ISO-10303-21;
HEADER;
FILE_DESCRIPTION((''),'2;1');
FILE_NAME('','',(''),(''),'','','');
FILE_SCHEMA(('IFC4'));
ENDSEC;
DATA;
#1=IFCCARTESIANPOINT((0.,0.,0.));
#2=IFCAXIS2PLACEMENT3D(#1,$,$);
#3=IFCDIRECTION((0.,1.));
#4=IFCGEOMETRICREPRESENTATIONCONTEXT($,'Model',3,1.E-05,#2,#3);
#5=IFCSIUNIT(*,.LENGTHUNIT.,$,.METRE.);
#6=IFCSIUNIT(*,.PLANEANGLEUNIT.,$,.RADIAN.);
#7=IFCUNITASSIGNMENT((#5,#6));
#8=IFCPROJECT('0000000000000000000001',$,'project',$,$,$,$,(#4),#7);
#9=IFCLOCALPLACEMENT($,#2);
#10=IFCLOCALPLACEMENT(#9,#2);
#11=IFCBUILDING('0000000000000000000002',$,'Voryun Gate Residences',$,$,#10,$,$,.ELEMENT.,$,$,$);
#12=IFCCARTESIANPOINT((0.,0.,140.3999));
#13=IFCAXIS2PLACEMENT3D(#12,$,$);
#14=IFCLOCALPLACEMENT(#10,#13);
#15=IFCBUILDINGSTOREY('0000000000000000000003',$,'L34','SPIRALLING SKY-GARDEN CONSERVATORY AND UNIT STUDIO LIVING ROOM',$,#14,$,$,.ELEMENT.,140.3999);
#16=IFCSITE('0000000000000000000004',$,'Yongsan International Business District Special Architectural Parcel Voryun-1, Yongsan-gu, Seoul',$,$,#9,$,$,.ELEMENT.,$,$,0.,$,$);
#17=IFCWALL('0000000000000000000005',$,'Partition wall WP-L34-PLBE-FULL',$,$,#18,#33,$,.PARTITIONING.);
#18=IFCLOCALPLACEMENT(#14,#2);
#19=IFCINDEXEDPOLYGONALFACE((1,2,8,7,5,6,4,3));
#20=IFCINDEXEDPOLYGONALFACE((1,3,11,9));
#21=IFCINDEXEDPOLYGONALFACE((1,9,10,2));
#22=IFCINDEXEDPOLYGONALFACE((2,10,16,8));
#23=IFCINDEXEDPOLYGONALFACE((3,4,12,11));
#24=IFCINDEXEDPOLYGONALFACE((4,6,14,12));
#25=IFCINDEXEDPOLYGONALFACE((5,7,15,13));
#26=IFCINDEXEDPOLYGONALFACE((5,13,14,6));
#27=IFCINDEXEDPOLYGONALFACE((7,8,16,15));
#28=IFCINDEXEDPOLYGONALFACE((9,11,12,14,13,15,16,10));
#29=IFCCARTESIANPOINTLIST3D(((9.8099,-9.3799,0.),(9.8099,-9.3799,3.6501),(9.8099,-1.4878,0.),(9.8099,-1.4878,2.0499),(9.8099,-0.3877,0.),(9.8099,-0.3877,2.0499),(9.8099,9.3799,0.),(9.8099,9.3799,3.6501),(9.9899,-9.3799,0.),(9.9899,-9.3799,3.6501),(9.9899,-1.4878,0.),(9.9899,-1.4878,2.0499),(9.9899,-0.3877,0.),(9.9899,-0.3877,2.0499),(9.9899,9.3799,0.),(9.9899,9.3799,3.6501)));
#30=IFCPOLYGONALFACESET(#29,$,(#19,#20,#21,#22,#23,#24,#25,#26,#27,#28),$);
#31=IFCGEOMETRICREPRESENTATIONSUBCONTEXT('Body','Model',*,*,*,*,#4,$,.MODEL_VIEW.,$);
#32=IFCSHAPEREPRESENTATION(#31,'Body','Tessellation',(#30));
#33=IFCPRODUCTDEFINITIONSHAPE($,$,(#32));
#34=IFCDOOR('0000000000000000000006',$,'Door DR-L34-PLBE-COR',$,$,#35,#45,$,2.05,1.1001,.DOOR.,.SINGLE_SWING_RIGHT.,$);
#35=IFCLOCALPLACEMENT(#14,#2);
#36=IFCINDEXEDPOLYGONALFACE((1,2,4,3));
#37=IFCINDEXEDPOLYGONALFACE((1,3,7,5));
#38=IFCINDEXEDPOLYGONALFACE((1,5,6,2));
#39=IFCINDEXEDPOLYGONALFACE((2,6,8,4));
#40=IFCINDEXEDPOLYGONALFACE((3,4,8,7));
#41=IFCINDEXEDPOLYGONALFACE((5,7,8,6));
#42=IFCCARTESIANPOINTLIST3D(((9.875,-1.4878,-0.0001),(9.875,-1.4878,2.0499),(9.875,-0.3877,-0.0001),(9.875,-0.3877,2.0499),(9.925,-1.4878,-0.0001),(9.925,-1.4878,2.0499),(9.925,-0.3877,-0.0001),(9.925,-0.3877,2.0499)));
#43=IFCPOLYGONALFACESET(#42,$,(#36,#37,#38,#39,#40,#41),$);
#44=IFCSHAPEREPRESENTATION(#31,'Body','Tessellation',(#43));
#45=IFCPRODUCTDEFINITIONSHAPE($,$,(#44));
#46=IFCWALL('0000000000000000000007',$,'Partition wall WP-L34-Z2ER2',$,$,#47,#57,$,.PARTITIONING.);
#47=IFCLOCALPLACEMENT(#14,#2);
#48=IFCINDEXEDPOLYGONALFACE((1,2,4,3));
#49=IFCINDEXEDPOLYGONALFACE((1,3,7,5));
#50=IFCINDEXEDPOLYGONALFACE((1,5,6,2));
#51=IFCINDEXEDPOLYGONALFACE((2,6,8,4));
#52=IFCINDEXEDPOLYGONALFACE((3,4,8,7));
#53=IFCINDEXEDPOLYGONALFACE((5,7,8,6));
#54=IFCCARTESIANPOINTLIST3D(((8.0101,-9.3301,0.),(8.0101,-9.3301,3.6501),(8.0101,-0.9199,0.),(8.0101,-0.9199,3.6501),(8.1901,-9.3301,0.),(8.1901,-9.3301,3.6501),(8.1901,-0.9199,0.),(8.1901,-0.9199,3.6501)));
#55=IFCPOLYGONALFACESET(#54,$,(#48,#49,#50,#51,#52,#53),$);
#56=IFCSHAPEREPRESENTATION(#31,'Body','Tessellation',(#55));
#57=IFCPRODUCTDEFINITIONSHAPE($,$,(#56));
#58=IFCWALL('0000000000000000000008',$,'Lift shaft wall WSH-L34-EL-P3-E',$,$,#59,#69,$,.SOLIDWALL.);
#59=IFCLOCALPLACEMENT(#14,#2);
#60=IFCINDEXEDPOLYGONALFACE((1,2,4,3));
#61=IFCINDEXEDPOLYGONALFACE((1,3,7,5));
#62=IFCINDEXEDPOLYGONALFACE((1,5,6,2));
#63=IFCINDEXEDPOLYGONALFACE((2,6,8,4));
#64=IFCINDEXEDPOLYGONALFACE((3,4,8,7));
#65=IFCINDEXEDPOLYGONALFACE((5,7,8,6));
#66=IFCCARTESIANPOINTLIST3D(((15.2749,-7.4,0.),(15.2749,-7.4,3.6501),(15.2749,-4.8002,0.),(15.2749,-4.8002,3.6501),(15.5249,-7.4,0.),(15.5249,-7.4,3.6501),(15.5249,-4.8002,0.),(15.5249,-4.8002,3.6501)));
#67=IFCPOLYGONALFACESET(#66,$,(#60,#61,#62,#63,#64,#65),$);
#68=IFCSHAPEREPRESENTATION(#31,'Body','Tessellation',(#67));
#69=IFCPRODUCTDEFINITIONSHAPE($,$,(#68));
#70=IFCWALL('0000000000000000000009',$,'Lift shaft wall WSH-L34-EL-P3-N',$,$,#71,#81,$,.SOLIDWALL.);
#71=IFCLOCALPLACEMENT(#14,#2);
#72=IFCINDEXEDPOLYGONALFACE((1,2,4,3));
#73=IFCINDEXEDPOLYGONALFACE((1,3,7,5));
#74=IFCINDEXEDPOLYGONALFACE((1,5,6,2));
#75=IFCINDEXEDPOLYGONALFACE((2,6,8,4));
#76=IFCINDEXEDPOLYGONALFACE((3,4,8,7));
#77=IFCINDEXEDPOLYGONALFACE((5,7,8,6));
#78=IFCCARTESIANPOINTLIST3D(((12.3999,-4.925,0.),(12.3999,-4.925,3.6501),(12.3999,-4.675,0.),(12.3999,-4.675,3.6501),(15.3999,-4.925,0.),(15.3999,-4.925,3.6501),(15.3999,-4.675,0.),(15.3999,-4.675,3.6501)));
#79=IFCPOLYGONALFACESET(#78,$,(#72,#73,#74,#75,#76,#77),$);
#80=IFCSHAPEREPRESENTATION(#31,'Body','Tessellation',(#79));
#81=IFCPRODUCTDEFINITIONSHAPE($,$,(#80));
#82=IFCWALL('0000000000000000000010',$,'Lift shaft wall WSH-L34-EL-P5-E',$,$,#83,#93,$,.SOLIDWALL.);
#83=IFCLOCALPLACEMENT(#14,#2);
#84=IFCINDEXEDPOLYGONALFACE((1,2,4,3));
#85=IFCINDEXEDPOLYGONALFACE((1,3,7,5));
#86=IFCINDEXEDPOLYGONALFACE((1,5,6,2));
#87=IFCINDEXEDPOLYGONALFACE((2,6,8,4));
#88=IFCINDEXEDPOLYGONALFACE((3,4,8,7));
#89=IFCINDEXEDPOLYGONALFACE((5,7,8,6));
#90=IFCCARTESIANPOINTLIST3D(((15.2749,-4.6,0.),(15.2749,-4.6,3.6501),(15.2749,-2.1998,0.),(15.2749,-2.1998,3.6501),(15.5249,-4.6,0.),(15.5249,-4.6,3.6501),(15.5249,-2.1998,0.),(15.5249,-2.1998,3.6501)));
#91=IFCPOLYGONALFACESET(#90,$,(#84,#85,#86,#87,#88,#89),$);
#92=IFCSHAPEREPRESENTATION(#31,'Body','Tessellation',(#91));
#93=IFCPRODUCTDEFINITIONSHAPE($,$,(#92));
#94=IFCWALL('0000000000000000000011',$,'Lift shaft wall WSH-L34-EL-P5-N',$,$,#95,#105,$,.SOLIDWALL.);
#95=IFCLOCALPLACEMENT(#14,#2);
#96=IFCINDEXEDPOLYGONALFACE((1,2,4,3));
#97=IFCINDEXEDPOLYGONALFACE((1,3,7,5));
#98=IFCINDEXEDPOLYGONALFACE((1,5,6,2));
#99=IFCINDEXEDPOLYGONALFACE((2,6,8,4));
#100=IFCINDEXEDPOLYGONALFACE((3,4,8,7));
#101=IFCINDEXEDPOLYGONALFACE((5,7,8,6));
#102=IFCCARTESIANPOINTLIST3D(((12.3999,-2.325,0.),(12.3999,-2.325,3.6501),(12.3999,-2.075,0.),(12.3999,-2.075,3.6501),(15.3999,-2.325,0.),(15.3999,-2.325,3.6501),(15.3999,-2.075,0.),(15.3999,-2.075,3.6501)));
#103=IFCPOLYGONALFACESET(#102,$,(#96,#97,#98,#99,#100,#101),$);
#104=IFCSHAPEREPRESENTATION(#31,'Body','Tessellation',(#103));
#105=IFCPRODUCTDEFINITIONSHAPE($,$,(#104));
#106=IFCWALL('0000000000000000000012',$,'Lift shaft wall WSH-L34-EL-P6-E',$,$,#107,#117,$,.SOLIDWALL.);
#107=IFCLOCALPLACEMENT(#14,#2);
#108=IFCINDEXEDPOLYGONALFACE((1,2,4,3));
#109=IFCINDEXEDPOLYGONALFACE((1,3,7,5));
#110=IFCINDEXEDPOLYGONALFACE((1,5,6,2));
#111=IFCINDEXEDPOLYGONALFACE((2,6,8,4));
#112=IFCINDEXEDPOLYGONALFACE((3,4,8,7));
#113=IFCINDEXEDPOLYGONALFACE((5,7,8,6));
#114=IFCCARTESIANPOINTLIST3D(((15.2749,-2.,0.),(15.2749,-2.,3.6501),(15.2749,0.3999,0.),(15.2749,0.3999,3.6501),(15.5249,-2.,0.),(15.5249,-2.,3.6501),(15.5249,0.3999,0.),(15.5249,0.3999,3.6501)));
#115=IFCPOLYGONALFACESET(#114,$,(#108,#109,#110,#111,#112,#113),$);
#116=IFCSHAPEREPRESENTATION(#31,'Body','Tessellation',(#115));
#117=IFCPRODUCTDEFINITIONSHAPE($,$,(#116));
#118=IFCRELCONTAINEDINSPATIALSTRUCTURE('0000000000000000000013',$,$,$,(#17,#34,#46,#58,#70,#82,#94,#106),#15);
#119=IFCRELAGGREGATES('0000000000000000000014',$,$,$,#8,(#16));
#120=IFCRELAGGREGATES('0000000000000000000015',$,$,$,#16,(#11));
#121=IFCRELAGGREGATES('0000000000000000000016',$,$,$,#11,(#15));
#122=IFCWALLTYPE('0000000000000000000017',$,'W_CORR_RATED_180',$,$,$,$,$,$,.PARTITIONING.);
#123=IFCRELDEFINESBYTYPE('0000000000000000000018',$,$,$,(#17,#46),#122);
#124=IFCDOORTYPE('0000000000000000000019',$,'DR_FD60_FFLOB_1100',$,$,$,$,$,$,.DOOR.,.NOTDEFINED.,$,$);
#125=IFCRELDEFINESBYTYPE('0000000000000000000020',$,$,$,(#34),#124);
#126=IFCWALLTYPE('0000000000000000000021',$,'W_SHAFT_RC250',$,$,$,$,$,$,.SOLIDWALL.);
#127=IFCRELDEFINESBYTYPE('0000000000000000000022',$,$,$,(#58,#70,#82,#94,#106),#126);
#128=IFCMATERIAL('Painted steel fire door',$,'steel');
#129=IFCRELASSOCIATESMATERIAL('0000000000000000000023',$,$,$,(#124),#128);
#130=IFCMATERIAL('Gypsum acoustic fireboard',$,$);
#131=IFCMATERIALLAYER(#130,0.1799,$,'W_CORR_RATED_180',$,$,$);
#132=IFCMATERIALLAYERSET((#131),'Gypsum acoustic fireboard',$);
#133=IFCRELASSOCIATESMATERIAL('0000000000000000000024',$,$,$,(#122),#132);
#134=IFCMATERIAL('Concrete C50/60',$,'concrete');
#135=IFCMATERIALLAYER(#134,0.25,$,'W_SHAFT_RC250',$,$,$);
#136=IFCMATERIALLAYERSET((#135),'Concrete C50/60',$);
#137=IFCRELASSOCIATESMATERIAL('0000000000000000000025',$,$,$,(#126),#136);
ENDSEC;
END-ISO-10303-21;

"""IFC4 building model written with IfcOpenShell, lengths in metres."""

from ifc_helpers import new_model, si_unit, direction, frame, frame_2d, origin, place, context, subcontext, project, spatial, rectangle, extrude, material, layer, layer_set, type_object, element, fill, save


model = new_model("IFC4")

# Units and contexts
model_context = context("Model", 3, precision=1e-05, world=origin(), true_north=direction((0.0, 1.0)))
body_context = subcontext(model_context, "Body", "Model", "MODEL_VIEW")
ifc_project = project(units=[si_unit("LENGTHUNIT", "METRE"), si_unit("PLANEANGLEUNIT", "RADIAN")], contexts=[model_context])

# Site, building, storey
site_placement = place(None, origin())
site = spatial("IfcSite", under=ifc_project, at=site_placement, Name="Yongsan International Business District Special Architectural Parcel Voryun-1, Yongsan-gu, Seoul", CompositionType="ELEMENT", RefElevation=0.0)
building_placement = place(site_placement, origin())
building = spatial("IfcBuilding", under=site, at=building_placement, Name="Voryun Gate Residences", CompositionType="ELEMENT")
storey_placement = place(building_placement, frame((0.0, 0.0, 140.3999)))
storey = spatial("IfcBuildingStorey", under=building, at=storey_placement, Name="L34", Description="SPIRALLING SKY-GARDEN CONSERVATORY AND UNIT STUDIO LIVING ROOM", CompositionType="ELEMENT", Elevation=140.3999)

# Shared definitions
ifc_material_1 = material(Name="Painted steel fire door", Category="steel")
door_type_1 = type_object("IfcDoorType", Name="DR_FD60_FFLOB_1100", OperationType="NOTDEFINED", PredefinedType="DOOR", material=ifc_material_1)

# Shared definitions
ifc_material_2 = material(Name="Gypsum acoustic fireboard")
ifc_layer_1 = layer(ifc_material_2, 0.1799, Name="W_CORR_RATED_180")
ifc_layer_set_1 = layer_set([ifc_layer_1], Name="Gypsum acoustic fireboard")
wall_type_1 = type_object("IfcWallType", Name="W_CORR_RATED_180", PredefinedType="PARTITIONING", material=ifc_layer_set_1)

# Wall, opening, door
wall_1_placement = place(storey_placement, frame((9.8999, -9.3799, 0.0), z_axis=(0.0, 0.0, 1.0), x_axis=(0.0, 1.0, 0.0)))
wall_1 = element("IfcWall", 1, at=wall_1_placement, inside=storey, type_object=wall_type_1, Name="Partition wall WP-L34-PLBE-FULL", PredefinedType="PARTITIONING", context=body_context, shape_type="SweptSolid", body=[
    extrude(rectangle(XDim=18.7598, YDim=0.1799, at=frame_2d((9.3799, 0.0))), origin(), (0.0, 0.0, 1.0), 3.6501),
])
opening_1_placement = place(wall_1_placement, frame((7.8921, 0.0, 0.0)))
opening_1 = element("IfcOpeningElement", 2, at=opening_1_placement, cuts=wall_1, PredefinedType="OPENING", context=body_context, shape_type="SweptSolid", body=[
    extrude(rectangle(XDim=1.1001, YDim=2.05, at=frame_2d((0.55, 1.0249))), frame((0.0, 0.0999, 0.0), z_axis=(0.0, -1.0, 0.0), x_axis=(1.0, 0.0, 0.0)), (0.0, 0.0, 1.0), 0.2),
])
door_1_placement = place(opening_1_placement, origin())
door_1 = element("IfcDoor", 3, at=door_1_placement, inside=storey, type_object=door_type_1, Name="Door DR-L34-PLBE-COR", OperationType="SINGLE_SWING_RIGHT", OverallHeight=2.05, OverallWidth=1.1001, PredefinedType="DOOR", context=body_context, shape_type="SweptSolid", body=[
    extrude(rectangle(XDim=1.1001, YDim=2.05, at=frame_2d((0.55, 1.0249))), frame((0.0, 0.0249, 0.0), z_axis=(0.0, -1.0, 0.0), x_axis=(1.0, 0.0, 0.0)), (0.0, 0.0, 1.0), 0.05),
])
fill(opening_1, door_1)

# Walls
wall_2_placement = place(storey_placement, frame((8.1001, -9.3301, 0.0), z_axis=(0.0, 0.0, 1.0), x_axis=(0.0, 1.0, 0.0)))
element("IfcWall", 4, at=wall_2_placement, inside=storey, type_object=wall_type_1, Name="Partition wall WP-L34-Z2ER2", PredefinedType="PARTITIONING", context=body_context, shape_type="SweptSolid", body=[
    extrude(rectangle(XDim=8.4102, YDim=0.1799, at=frame_2d((4.2051, 0.0))), origin(), (0.0, 0.0, 1.0), 3.6501),
])
ifc_material_3 = material(Name="Concrete C50/60", Category="concrete")
ifc_layer_2 = layer(ifc_material_3, 0.25, Name="W_SHAFT_RC250")
ifc_layer_set_2 = layer_set([ifc_layer_2], Name="Concrete C50/60")
wall_type_2 = type_object("IfcWallType", Name="W_SHAFT_RC250", PredefinedType="SOLIDWALL", material=ifc_layer_set_2)
wall_3_placement = place(storey_placement, frame((15.3999, -7.3999, 0.0), z_axis=(0.0, 0.0, 1.0), x_axis=(0.0, 1.0, 0.0)))
element("IfcWall", 5, at=wall_3_placement, inside=storey, type_object=wall_type_2, Name="Lift shaft wall WSH-L34-EL-P3-E", PredefinedType="SOLIDWALL", context=body_context, shape_type="SweptSolid", body=[
    extrude(rectangle(XDim=2.5999, YDim=0.25, at=frame_2d((1.2998, 0.0))), origin(), (0.0, 0.0, 1.0), 3.6501),
])
wall_4_placement = place(storey_placement, frame((15.3999, -4.8, 0.0), z_axis=(0.0, 0.0, 1.0), x_axis=(-1.0, 0.0, 0.0)))
element("IfcWall", 6, at=wall_4_placement, inside=storey, type_object=wall_type_2, Name="Lift shaft wall WSH-L34-EL-P3-N", PredefinedType="SOLIDWALL", context=body_context, shape_type="SweptSolid", body=[
    extrude(rectangle(XDim=3.0, YDim=0.25, at=frame_2d((1.5, 0.0))), origin(), (0.0, 0.0, 1.0), 3.6501),
])
wall_5_placement = place(storey_placement, frame((15.3999, -4.6001, 0.0), z_axis=(0.0, 0.0, 1.0), x_axis=(0.0, 1.0, 0.0)))
element("IfcWall", 7, at=wall_5_placement, inside=storey, type_object=wall_type_2, Name="Lift shaft wall WSH-L34-EL-P5-E", PredefinedType="SOLIDWALL", context=body_context, shape_type="SweptSolid", body=[
    extrude(rectangle(XDim=2.4001, YDim=0.25, at=frame_2d((1.2002, 0.0))), origin(), (0.0, 0.0, 1.0), 3.6501),
])
wall_6_placement = place(storey_placement, frame((15.3999, -2.2, 0.0), z_axis=(0.0, 0.0, 1.0), x_axis=(-1.0, 0.0, 0.0)))
element("IfcWall", 8, at=wall_6_placement, inside=storey, type_object=wall_type_2, Name="Lift shaft wall WSH-L34-EL-P5-N", PredefinedType="SOLIDWALL", context=body_context, shape_type="SweptSolid", body=[
    extrude(rectangle(XDim=3.0, YDim=0.25, at=frame_2d((1.5, 0.0))), origin(), (0.0, 0.0, 1.0), 3.6501),
])
wall_7_placement = place(storey_placement, frame((15.3999, -2.0, 0.0), z_axis=(0.0, 0.0, 1.0), x_axis=(0.0, 1.0, 0.0)))
element("IfcWall", 9, at=wall_7_placement, inside=storey, type_object=wall_type_2, Name="Lift shaft wall WSH-L34-EL-P6-E", PredefinedType="SOLIDWALL", context=body_context, shape_type="SweptSolid", body=[
    extrude(rectangle(XDim=2.3999, YDim=0.25, at=frame_2d((1.2, 0.0))), origin(), (0.0, 0.0, 1.0), 3.6501),
])

save(model, "model.ifc")
